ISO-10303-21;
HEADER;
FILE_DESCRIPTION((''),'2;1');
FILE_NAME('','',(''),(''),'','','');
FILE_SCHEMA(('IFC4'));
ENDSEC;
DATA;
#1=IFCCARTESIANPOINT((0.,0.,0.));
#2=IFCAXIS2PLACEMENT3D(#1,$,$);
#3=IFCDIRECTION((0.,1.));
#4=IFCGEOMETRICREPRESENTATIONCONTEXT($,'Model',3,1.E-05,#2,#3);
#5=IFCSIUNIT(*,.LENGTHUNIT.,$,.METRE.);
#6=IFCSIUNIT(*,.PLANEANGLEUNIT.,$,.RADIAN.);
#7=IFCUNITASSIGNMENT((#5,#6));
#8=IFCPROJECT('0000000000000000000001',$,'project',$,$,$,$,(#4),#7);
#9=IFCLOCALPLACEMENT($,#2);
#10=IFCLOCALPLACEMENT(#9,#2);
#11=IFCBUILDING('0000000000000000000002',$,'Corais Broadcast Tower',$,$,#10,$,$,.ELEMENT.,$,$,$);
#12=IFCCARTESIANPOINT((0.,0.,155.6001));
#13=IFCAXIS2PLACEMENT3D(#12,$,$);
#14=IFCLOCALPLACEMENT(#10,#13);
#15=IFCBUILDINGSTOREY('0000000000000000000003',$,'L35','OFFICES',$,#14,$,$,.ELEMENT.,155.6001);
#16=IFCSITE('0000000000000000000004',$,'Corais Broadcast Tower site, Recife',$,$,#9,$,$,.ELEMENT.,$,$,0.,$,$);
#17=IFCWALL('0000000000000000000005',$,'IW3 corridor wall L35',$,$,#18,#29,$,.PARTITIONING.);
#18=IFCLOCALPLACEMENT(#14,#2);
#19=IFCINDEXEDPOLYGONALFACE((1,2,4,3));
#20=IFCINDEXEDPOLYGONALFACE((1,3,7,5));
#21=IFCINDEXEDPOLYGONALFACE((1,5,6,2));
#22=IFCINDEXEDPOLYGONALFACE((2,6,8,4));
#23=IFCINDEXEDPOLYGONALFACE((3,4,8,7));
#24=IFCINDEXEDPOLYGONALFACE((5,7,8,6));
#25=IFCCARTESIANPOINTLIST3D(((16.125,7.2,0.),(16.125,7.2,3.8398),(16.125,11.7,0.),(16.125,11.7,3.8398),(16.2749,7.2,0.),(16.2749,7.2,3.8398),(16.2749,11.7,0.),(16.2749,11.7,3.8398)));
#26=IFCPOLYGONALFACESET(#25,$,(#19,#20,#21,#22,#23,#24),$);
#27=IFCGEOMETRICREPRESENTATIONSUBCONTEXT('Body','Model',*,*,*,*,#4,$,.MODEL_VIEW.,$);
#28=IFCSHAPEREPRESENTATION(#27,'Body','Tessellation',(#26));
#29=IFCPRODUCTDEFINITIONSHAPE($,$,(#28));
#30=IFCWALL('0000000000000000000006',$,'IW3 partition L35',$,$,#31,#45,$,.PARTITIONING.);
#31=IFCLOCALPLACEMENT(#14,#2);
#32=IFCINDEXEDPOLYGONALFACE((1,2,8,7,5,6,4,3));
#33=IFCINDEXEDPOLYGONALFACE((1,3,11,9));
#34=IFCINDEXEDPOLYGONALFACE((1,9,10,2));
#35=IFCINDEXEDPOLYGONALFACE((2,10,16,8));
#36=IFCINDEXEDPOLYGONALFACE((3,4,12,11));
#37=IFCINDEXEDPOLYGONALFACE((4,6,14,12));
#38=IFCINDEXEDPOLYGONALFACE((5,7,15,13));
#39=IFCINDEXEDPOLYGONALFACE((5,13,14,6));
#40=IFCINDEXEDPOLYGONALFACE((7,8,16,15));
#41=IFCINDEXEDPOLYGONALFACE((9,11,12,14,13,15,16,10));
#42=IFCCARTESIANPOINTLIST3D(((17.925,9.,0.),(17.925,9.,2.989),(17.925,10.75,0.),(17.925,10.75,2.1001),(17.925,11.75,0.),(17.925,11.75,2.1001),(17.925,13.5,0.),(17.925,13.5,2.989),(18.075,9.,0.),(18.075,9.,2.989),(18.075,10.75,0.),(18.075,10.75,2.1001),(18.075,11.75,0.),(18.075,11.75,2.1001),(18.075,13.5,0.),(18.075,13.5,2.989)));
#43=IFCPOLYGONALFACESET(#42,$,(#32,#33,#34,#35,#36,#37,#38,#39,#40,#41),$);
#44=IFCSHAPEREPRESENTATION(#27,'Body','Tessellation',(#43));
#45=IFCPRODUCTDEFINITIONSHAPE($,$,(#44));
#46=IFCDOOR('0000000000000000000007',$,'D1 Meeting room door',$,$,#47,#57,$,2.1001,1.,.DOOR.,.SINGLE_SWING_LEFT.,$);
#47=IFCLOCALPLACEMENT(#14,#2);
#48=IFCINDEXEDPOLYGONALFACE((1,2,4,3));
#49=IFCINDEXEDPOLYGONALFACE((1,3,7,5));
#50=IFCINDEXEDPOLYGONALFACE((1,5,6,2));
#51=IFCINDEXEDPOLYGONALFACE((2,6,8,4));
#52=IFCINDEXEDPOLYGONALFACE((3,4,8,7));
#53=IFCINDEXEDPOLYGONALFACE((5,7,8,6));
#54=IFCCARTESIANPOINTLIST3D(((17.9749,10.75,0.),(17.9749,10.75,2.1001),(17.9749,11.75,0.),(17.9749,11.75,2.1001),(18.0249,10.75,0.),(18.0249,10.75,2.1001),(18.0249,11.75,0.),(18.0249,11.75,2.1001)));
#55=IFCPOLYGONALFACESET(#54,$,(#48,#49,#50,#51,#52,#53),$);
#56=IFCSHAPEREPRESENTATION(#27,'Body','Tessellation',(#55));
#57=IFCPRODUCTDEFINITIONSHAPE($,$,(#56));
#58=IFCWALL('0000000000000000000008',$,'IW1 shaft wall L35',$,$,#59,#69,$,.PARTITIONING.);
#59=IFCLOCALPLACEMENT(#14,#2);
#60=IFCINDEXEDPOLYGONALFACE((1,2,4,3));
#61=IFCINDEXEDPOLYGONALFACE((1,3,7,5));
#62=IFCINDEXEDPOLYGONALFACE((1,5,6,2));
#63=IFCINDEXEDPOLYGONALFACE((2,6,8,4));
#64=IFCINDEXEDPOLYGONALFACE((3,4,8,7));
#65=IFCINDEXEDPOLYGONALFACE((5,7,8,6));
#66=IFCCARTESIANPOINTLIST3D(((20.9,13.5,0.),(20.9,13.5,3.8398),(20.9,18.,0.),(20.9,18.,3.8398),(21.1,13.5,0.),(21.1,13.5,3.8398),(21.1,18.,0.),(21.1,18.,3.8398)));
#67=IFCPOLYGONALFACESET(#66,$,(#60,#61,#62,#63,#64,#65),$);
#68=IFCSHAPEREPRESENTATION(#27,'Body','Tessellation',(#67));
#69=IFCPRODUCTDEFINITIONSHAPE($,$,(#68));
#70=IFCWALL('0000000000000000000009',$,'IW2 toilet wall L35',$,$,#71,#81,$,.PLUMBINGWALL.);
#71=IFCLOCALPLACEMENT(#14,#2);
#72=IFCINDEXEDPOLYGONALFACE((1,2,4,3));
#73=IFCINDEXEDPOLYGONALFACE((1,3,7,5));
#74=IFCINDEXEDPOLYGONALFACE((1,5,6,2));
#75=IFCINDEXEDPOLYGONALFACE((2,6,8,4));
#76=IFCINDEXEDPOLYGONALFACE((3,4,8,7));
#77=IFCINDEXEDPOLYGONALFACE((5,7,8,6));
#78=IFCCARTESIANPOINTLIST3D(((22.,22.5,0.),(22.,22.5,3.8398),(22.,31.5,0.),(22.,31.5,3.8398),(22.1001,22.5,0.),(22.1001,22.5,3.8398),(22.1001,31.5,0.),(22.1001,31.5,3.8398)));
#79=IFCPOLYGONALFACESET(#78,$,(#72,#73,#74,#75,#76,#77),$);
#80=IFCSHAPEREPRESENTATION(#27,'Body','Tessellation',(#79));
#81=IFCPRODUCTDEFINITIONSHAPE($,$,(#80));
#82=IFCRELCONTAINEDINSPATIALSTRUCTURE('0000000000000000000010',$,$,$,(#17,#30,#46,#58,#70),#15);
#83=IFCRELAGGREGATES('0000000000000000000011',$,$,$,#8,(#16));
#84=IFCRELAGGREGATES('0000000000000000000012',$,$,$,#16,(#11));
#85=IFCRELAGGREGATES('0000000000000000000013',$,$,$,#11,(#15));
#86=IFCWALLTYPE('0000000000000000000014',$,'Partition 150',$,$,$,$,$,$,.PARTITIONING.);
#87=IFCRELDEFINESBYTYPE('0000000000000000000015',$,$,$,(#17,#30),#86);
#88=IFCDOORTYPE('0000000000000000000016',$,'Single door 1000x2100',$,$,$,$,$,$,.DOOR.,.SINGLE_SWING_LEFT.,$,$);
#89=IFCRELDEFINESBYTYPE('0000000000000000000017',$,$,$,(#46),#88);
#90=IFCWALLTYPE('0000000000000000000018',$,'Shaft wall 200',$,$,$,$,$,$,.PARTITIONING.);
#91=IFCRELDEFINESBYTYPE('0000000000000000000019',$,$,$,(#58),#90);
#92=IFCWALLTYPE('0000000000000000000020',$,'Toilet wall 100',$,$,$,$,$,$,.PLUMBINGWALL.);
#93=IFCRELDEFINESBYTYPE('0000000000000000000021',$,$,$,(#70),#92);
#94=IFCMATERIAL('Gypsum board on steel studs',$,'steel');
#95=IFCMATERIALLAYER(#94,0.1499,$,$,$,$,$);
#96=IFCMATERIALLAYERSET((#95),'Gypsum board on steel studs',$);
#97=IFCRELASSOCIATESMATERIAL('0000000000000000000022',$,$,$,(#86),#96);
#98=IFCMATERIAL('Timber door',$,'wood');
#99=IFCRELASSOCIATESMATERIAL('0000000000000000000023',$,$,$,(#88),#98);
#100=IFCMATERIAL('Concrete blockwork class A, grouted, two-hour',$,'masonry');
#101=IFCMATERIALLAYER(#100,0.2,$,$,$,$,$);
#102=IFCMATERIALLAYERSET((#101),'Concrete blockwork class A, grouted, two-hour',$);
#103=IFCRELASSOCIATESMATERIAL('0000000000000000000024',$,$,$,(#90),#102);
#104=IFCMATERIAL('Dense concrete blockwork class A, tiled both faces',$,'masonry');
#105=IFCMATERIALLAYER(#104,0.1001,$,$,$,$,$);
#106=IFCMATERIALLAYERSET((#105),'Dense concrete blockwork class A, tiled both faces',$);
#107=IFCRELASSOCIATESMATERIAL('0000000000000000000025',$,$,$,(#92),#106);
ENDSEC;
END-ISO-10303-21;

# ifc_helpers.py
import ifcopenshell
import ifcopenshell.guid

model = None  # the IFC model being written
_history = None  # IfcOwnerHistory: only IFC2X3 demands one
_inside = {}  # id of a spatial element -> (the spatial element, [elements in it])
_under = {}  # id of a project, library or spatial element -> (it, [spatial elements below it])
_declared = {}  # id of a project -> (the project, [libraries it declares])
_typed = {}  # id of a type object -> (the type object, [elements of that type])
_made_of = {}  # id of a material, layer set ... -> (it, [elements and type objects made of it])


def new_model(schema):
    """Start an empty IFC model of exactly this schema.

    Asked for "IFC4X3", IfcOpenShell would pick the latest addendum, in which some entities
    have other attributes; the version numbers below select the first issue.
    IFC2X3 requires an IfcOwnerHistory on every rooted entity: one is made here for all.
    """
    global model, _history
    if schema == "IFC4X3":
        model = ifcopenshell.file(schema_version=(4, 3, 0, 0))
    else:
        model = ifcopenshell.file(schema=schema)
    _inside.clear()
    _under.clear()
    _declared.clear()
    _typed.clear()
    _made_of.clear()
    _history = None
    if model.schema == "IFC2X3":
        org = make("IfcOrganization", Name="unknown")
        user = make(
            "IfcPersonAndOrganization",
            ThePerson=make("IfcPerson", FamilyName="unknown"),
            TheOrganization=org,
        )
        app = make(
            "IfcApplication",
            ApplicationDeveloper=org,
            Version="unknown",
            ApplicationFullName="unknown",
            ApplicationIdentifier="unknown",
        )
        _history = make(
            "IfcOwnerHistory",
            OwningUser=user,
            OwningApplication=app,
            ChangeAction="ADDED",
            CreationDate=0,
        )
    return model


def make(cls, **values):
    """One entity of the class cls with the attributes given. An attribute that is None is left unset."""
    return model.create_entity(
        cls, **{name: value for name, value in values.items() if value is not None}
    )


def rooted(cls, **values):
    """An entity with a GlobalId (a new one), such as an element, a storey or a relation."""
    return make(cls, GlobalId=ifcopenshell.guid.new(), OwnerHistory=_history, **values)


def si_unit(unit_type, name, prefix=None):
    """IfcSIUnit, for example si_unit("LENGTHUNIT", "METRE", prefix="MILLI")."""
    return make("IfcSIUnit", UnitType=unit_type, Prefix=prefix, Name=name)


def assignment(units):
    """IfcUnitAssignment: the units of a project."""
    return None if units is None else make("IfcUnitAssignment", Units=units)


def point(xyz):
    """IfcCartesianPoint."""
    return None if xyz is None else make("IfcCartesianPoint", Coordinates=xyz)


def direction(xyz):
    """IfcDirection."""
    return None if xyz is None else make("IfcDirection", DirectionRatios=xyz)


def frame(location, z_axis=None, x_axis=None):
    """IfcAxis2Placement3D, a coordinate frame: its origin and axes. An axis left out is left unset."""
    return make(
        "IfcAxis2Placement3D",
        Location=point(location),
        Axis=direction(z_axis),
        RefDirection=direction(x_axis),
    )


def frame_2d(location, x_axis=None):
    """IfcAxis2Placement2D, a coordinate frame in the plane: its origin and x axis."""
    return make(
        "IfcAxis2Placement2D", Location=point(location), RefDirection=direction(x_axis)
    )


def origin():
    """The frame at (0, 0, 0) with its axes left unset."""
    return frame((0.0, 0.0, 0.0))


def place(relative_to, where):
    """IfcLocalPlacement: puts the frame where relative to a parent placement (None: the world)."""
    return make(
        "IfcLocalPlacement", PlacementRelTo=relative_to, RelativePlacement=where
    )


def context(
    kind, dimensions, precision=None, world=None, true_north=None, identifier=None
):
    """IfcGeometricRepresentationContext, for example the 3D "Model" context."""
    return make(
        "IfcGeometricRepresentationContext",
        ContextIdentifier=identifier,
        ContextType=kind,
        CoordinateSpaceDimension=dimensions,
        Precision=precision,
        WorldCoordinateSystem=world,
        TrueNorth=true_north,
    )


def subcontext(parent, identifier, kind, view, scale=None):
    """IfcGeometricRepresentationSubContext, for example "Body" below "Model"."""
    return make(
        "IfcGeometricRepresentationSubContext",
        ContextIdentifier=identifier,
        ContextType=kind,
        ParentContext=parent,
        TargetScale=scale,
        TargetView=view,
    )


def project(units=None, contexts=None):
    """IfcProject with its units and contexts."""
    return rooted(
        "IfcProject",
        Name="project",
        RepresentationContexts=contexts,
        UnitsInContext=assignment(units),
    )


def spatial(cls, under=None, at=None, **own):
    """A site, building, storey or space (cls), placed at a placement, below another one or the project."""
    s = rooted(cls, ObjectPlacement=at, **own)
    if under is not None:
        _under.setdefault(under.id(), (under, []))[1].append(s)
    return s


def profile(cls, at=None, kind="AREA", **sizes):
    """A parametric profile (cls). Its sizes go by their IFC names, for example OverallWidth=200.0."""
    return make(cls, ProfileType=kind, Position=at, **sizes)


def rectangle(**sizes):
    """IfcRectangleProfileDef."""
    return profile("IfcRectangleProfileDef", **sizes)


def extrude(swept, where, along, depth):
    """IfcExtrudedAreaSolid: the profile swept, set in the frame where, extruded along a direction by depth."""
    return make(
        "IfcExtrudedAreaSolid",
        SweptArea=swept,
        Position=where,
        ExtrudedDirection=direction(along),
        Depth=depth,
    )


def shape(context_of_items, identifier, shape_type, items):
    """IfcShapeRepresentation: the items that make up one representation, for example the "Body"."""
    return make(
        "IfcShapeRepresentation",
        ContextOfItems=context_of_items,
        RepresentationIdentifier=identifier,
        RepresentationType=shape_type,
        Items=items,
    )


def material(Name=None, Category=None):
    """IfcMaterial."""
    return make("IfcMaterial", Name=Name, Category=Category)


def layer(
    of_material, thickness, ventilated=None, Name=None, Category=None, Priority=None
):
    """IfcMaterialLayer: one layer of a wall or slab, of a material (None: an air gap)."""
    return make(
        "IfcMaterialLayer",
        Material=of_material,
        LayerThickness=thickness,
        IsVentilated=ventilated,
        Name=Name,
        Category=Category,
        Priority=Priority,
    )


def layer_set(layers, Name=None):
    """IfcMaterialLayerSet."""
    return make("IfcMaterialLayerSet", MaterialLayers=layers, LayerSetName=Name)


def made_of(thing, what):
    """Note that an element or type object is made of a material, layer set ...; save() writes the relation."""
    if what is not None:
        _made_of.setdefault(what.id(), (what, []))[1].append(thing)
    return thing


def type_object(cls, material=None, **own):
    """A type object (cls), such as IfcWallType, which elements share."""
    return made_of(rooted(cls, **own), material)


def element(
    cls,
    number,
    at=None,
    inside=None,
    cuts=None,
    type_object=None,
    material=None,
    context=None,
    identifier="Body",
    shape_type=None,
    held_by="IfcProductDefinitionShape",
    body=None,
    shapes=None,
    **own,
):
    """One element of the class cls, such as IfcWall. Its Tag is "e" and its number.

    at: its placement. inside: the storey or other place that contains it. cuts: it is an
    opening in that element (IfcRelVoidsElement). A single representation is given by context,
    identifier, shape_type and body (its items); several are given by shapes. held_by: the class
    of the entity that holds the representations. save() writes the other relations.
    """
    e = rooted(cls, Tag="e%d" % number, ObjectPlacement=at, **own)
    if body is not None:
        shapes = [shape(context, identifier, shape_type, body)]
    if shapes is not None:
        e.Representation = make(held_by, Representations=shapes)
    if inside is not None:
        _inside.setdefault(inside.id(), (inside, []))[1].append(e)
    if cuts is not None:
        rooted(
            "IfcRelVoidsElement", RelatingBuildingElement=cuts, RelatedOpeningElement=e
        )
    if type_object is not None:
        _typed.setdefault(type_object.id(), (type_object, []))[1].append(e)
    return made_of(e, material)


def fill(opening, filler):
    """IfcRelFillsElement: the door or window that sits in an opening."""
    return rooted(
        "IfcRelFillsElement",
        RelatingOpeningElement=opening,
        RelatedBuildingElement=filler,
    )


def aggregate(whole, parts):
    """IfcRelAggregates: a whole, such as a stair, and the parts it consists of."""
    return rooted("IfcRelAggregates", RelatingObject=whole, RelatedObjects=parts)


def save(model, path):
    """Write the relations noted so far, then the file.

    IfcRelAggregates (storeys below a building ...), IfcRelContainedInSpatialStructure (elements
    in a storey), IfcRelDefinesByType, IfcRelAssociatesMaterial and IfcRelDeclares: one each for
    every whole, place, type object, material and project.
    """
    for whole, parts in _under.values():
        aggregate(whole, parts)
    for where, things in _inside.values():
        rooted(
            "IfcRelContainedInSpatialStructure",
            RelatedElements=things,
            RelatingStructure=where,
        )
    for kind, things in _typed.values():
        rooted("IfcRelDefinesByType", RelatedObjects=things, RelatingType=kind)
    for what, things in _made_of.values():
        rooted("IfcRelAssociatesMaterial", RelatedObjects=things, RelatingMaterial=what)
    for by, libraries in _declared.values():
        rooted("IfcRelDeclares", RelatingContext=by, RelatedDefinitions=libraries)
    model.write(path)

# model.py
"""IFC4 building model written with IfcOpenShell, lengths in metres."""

from ifc_helpers import new_model, si_unit, direction, frame, frame_2d, origin, place, context, subcontext, project, spatial, rectangle, extrude, material, layer, layer_set, type_object, element, fill, save


model = new_model("IFC4")

# Units and contexts
model_context = context("Model", 3, precision=1e-05, world=origin(), true_north=direction((0.0, 1.0)))
body_context = subcontext(model_context, "Body", "Model", "MODEL_VIEW")
ifc_project = project(units=[si_unit("LENGTHUNIT", "METRE"), si_unit("PLANEANGLEUNIT", "RADIAN")], contexts=[model_context])

# Site, building, storey
site_placement = place(None, origin())
site = spatial("IfcSite", under=ifc_project, at=site_placement, Name="Corais Broadcast Tower site, Recife", CompositionType="ELEMENT", RefElevation=0.0)
building_placement = place(site_placement, origin())
building = spatial("IfcBuilding", under=site, at=building_placement, Name="Corais Broadcast Tower", CompositionType="ELEMENT")
storey_placement = place(building_placement, frame((0.0, 0.0, 155.6001)))
storey = spatial("IfcBuildingStorey", under=building, at=storey_placement, Name="L35", Description="OFFICES", CompositionType="ELEMENT", Elevation=155.6001)

# Wall
ifc_material_1 = material(Name="Gypsum board on steel studs", Category="steel")
ifc_layer_1 = layer(ifc_material_1, 0.1499)
ifc_layer_set_1 = layer_set([ifc_layer_1], Name="Gypsum board on steel studs")
wall_type_1 = type_object("IfcWallType", Name="Partition 150", PredefinedType="PARTITIONING", material=ifc_layer_set_1)
wall_1_placement = place(storey_placement, frame((16.2, 11.7, 0.0), z_axis=(0.0, 0.0, 1.0), x_axis=(0.0, -1.0, 0.0)))
element("IfcWall", 1, at=wall_1_placement, inside=storey, type_object=wall_type_1, Name="IW3 corridor wall L35", PredefinedType="PARTITIONING", context=body_context, shape_type="SweptSolid", body=[
    extrude(rectangle(XDim=4.5, YDim=0.1499, at=frame_2d((2.25, 0.0))), origin(), (0.0, 0.0, 1.0), 3.8398),
])

# Wall, opening, door
wall_2_placement = place(storey_placement, frame((18.0, 13.5, 0.0), z_axis=(0.0, 0.0, 1.0), x_axis=(0.0, -1.0, 0.0)))
wall_2 = element("IfcWall", 2, at=wall_2_placement, inside=storey, type_object=wall_type_1, Name="IW3 partition L35", PredefinedType="PARTITIONING", context=body_context, shape_type="SweptSolid", body=[
    extrude(rectangle(XDim=4.5, YDim=0.1499, at=frame_2d((2.25, 0.0))), origin(), (0.0, 0.0, 1.0), 2.989),
])
opening_1_placement = place(wall_2_placement, frame((1.75, 0.0, 0.0)))
opening_1 = element("IfcOpeningElement", 3, at=opening_1_placement, cuts=wall_2, PredefinedType="OPENING", context=body_context, shape_type="SweptSolid", body=[
    extrude(rectangle(XDim=1.0, YDim=2.1001, at=frame_2d((0.5, 1.05))), frame((0.0, 0.085, 0.0), z_axis=(0.0, -1.0, 0.0), x_axis=(1.0, 0.0, 0.0)), (0.0, 0.0, 1.0), 0.1699),
])
ifc_material_2 = material(Name="Timber door", Category="wood")
door_type_1 = type_object("IfcDoorType", Name="Single door 1000x2100", OperationType="SINGLE_SWING_LEFT", PredefinedType="DOOR", material=ifc_material_2)
door_1_placement = place(opening_1_placement, origin())
door_1 = element("IfcDoor", 4, at=door_1_placement, inside=storey, type_object=door_type_1, Name="D1 Meeting room door", OperationType="SINGLE_SWING_LEFT", OverallHeight=2.1001, OverallWidth=1.0, PredefinedType="DOOR", context=body_context, shape_type="SweptSolid", body=[
    extrude(rectangle(XDim=1.0, YDim=2.1001, at=frame_2d((0.5, 1.05))), frame((0.0, 0.0249, 0.0), z_axis=(0.0, -1.0, 0.0), x_axis=(1.0, 0.0, 0.0)), (0.0, 0.0, 1.0), 0.05),
])
fill(opening_1, door_1)

# Walls
ifc_material_3 = material(Name="Concrete blockwork class A, grouted, two-hour", Category="masonry")
ifc_layer_2 = layer(ifc_material_3, 0.2)
ifc_layer_set_2 = layer_set([ifc_layer_2], Name="Concrete blockwork class A, grouted, two-hour")
wall_type_2 = type_object("IfcWallType", Name="Shaft wall 200", PredefinedType="PARTITIONING", material=ifc_layer_set_2)
wall_3_placement = place(storey_placement, frame((21.0, 13.5, 0.0), z_axis=(0.0, 0.0, 1.0), x_axis=(0.0, 1.0, 0.0)))
element("IfcWall", 5, at=wall_3_placement, inside=storey, type_object=wall_type_2, Name="IW1 shaft wall L35", PredefinedType="PARTITIONING", context=body_context, shape_type="SweptSolid", body=[
    extrude(rectangle(XDim=4.5, YDim=0.2, at=frame_2d((2.25, 0.0))), origin(), (0.0, 0.0, 1.0), 3.8398),
])
ifc_material_4 = material(Name="Dense concrete blockwork class A, tiled both faces", Category="masonry")
ifc_layer_3 = layer(ifc_material_4, 0.1001)
ifc_layer_set_3 = layer_set([ifc_layer_3], Name="Dense concrete blockwork class A, tiled both faces")
wall_type_3 = type_object("IfcWallType", Name="Toilet wall 100", PredefinedType="PLUMBINGWALL", material=ifc_layer_set_3)
wall_4_placement = place(storey_placement, frame((22.05, 22.5, 0.0), z_axis=(0.0, 0.0, 1.0), x_axis=(0.0, 1.0, 0.0)))
element("IfcWall", 6, at=wall_4_placement, inside=storey, type_object=wall_type_3, Name="IW2 toilet wall L35", PredefinedType="PLUMBINGWALL", context=body_context, shape_type="SweptSolid", body=[
    extrude(rectangle(XDim=9.0, YDim=0.1001, at=frame_2d((4.5, 0.0))), origin(), (0.0, 0.0, 1.0), 3.8398),
])

save(model, "model.ifc")
